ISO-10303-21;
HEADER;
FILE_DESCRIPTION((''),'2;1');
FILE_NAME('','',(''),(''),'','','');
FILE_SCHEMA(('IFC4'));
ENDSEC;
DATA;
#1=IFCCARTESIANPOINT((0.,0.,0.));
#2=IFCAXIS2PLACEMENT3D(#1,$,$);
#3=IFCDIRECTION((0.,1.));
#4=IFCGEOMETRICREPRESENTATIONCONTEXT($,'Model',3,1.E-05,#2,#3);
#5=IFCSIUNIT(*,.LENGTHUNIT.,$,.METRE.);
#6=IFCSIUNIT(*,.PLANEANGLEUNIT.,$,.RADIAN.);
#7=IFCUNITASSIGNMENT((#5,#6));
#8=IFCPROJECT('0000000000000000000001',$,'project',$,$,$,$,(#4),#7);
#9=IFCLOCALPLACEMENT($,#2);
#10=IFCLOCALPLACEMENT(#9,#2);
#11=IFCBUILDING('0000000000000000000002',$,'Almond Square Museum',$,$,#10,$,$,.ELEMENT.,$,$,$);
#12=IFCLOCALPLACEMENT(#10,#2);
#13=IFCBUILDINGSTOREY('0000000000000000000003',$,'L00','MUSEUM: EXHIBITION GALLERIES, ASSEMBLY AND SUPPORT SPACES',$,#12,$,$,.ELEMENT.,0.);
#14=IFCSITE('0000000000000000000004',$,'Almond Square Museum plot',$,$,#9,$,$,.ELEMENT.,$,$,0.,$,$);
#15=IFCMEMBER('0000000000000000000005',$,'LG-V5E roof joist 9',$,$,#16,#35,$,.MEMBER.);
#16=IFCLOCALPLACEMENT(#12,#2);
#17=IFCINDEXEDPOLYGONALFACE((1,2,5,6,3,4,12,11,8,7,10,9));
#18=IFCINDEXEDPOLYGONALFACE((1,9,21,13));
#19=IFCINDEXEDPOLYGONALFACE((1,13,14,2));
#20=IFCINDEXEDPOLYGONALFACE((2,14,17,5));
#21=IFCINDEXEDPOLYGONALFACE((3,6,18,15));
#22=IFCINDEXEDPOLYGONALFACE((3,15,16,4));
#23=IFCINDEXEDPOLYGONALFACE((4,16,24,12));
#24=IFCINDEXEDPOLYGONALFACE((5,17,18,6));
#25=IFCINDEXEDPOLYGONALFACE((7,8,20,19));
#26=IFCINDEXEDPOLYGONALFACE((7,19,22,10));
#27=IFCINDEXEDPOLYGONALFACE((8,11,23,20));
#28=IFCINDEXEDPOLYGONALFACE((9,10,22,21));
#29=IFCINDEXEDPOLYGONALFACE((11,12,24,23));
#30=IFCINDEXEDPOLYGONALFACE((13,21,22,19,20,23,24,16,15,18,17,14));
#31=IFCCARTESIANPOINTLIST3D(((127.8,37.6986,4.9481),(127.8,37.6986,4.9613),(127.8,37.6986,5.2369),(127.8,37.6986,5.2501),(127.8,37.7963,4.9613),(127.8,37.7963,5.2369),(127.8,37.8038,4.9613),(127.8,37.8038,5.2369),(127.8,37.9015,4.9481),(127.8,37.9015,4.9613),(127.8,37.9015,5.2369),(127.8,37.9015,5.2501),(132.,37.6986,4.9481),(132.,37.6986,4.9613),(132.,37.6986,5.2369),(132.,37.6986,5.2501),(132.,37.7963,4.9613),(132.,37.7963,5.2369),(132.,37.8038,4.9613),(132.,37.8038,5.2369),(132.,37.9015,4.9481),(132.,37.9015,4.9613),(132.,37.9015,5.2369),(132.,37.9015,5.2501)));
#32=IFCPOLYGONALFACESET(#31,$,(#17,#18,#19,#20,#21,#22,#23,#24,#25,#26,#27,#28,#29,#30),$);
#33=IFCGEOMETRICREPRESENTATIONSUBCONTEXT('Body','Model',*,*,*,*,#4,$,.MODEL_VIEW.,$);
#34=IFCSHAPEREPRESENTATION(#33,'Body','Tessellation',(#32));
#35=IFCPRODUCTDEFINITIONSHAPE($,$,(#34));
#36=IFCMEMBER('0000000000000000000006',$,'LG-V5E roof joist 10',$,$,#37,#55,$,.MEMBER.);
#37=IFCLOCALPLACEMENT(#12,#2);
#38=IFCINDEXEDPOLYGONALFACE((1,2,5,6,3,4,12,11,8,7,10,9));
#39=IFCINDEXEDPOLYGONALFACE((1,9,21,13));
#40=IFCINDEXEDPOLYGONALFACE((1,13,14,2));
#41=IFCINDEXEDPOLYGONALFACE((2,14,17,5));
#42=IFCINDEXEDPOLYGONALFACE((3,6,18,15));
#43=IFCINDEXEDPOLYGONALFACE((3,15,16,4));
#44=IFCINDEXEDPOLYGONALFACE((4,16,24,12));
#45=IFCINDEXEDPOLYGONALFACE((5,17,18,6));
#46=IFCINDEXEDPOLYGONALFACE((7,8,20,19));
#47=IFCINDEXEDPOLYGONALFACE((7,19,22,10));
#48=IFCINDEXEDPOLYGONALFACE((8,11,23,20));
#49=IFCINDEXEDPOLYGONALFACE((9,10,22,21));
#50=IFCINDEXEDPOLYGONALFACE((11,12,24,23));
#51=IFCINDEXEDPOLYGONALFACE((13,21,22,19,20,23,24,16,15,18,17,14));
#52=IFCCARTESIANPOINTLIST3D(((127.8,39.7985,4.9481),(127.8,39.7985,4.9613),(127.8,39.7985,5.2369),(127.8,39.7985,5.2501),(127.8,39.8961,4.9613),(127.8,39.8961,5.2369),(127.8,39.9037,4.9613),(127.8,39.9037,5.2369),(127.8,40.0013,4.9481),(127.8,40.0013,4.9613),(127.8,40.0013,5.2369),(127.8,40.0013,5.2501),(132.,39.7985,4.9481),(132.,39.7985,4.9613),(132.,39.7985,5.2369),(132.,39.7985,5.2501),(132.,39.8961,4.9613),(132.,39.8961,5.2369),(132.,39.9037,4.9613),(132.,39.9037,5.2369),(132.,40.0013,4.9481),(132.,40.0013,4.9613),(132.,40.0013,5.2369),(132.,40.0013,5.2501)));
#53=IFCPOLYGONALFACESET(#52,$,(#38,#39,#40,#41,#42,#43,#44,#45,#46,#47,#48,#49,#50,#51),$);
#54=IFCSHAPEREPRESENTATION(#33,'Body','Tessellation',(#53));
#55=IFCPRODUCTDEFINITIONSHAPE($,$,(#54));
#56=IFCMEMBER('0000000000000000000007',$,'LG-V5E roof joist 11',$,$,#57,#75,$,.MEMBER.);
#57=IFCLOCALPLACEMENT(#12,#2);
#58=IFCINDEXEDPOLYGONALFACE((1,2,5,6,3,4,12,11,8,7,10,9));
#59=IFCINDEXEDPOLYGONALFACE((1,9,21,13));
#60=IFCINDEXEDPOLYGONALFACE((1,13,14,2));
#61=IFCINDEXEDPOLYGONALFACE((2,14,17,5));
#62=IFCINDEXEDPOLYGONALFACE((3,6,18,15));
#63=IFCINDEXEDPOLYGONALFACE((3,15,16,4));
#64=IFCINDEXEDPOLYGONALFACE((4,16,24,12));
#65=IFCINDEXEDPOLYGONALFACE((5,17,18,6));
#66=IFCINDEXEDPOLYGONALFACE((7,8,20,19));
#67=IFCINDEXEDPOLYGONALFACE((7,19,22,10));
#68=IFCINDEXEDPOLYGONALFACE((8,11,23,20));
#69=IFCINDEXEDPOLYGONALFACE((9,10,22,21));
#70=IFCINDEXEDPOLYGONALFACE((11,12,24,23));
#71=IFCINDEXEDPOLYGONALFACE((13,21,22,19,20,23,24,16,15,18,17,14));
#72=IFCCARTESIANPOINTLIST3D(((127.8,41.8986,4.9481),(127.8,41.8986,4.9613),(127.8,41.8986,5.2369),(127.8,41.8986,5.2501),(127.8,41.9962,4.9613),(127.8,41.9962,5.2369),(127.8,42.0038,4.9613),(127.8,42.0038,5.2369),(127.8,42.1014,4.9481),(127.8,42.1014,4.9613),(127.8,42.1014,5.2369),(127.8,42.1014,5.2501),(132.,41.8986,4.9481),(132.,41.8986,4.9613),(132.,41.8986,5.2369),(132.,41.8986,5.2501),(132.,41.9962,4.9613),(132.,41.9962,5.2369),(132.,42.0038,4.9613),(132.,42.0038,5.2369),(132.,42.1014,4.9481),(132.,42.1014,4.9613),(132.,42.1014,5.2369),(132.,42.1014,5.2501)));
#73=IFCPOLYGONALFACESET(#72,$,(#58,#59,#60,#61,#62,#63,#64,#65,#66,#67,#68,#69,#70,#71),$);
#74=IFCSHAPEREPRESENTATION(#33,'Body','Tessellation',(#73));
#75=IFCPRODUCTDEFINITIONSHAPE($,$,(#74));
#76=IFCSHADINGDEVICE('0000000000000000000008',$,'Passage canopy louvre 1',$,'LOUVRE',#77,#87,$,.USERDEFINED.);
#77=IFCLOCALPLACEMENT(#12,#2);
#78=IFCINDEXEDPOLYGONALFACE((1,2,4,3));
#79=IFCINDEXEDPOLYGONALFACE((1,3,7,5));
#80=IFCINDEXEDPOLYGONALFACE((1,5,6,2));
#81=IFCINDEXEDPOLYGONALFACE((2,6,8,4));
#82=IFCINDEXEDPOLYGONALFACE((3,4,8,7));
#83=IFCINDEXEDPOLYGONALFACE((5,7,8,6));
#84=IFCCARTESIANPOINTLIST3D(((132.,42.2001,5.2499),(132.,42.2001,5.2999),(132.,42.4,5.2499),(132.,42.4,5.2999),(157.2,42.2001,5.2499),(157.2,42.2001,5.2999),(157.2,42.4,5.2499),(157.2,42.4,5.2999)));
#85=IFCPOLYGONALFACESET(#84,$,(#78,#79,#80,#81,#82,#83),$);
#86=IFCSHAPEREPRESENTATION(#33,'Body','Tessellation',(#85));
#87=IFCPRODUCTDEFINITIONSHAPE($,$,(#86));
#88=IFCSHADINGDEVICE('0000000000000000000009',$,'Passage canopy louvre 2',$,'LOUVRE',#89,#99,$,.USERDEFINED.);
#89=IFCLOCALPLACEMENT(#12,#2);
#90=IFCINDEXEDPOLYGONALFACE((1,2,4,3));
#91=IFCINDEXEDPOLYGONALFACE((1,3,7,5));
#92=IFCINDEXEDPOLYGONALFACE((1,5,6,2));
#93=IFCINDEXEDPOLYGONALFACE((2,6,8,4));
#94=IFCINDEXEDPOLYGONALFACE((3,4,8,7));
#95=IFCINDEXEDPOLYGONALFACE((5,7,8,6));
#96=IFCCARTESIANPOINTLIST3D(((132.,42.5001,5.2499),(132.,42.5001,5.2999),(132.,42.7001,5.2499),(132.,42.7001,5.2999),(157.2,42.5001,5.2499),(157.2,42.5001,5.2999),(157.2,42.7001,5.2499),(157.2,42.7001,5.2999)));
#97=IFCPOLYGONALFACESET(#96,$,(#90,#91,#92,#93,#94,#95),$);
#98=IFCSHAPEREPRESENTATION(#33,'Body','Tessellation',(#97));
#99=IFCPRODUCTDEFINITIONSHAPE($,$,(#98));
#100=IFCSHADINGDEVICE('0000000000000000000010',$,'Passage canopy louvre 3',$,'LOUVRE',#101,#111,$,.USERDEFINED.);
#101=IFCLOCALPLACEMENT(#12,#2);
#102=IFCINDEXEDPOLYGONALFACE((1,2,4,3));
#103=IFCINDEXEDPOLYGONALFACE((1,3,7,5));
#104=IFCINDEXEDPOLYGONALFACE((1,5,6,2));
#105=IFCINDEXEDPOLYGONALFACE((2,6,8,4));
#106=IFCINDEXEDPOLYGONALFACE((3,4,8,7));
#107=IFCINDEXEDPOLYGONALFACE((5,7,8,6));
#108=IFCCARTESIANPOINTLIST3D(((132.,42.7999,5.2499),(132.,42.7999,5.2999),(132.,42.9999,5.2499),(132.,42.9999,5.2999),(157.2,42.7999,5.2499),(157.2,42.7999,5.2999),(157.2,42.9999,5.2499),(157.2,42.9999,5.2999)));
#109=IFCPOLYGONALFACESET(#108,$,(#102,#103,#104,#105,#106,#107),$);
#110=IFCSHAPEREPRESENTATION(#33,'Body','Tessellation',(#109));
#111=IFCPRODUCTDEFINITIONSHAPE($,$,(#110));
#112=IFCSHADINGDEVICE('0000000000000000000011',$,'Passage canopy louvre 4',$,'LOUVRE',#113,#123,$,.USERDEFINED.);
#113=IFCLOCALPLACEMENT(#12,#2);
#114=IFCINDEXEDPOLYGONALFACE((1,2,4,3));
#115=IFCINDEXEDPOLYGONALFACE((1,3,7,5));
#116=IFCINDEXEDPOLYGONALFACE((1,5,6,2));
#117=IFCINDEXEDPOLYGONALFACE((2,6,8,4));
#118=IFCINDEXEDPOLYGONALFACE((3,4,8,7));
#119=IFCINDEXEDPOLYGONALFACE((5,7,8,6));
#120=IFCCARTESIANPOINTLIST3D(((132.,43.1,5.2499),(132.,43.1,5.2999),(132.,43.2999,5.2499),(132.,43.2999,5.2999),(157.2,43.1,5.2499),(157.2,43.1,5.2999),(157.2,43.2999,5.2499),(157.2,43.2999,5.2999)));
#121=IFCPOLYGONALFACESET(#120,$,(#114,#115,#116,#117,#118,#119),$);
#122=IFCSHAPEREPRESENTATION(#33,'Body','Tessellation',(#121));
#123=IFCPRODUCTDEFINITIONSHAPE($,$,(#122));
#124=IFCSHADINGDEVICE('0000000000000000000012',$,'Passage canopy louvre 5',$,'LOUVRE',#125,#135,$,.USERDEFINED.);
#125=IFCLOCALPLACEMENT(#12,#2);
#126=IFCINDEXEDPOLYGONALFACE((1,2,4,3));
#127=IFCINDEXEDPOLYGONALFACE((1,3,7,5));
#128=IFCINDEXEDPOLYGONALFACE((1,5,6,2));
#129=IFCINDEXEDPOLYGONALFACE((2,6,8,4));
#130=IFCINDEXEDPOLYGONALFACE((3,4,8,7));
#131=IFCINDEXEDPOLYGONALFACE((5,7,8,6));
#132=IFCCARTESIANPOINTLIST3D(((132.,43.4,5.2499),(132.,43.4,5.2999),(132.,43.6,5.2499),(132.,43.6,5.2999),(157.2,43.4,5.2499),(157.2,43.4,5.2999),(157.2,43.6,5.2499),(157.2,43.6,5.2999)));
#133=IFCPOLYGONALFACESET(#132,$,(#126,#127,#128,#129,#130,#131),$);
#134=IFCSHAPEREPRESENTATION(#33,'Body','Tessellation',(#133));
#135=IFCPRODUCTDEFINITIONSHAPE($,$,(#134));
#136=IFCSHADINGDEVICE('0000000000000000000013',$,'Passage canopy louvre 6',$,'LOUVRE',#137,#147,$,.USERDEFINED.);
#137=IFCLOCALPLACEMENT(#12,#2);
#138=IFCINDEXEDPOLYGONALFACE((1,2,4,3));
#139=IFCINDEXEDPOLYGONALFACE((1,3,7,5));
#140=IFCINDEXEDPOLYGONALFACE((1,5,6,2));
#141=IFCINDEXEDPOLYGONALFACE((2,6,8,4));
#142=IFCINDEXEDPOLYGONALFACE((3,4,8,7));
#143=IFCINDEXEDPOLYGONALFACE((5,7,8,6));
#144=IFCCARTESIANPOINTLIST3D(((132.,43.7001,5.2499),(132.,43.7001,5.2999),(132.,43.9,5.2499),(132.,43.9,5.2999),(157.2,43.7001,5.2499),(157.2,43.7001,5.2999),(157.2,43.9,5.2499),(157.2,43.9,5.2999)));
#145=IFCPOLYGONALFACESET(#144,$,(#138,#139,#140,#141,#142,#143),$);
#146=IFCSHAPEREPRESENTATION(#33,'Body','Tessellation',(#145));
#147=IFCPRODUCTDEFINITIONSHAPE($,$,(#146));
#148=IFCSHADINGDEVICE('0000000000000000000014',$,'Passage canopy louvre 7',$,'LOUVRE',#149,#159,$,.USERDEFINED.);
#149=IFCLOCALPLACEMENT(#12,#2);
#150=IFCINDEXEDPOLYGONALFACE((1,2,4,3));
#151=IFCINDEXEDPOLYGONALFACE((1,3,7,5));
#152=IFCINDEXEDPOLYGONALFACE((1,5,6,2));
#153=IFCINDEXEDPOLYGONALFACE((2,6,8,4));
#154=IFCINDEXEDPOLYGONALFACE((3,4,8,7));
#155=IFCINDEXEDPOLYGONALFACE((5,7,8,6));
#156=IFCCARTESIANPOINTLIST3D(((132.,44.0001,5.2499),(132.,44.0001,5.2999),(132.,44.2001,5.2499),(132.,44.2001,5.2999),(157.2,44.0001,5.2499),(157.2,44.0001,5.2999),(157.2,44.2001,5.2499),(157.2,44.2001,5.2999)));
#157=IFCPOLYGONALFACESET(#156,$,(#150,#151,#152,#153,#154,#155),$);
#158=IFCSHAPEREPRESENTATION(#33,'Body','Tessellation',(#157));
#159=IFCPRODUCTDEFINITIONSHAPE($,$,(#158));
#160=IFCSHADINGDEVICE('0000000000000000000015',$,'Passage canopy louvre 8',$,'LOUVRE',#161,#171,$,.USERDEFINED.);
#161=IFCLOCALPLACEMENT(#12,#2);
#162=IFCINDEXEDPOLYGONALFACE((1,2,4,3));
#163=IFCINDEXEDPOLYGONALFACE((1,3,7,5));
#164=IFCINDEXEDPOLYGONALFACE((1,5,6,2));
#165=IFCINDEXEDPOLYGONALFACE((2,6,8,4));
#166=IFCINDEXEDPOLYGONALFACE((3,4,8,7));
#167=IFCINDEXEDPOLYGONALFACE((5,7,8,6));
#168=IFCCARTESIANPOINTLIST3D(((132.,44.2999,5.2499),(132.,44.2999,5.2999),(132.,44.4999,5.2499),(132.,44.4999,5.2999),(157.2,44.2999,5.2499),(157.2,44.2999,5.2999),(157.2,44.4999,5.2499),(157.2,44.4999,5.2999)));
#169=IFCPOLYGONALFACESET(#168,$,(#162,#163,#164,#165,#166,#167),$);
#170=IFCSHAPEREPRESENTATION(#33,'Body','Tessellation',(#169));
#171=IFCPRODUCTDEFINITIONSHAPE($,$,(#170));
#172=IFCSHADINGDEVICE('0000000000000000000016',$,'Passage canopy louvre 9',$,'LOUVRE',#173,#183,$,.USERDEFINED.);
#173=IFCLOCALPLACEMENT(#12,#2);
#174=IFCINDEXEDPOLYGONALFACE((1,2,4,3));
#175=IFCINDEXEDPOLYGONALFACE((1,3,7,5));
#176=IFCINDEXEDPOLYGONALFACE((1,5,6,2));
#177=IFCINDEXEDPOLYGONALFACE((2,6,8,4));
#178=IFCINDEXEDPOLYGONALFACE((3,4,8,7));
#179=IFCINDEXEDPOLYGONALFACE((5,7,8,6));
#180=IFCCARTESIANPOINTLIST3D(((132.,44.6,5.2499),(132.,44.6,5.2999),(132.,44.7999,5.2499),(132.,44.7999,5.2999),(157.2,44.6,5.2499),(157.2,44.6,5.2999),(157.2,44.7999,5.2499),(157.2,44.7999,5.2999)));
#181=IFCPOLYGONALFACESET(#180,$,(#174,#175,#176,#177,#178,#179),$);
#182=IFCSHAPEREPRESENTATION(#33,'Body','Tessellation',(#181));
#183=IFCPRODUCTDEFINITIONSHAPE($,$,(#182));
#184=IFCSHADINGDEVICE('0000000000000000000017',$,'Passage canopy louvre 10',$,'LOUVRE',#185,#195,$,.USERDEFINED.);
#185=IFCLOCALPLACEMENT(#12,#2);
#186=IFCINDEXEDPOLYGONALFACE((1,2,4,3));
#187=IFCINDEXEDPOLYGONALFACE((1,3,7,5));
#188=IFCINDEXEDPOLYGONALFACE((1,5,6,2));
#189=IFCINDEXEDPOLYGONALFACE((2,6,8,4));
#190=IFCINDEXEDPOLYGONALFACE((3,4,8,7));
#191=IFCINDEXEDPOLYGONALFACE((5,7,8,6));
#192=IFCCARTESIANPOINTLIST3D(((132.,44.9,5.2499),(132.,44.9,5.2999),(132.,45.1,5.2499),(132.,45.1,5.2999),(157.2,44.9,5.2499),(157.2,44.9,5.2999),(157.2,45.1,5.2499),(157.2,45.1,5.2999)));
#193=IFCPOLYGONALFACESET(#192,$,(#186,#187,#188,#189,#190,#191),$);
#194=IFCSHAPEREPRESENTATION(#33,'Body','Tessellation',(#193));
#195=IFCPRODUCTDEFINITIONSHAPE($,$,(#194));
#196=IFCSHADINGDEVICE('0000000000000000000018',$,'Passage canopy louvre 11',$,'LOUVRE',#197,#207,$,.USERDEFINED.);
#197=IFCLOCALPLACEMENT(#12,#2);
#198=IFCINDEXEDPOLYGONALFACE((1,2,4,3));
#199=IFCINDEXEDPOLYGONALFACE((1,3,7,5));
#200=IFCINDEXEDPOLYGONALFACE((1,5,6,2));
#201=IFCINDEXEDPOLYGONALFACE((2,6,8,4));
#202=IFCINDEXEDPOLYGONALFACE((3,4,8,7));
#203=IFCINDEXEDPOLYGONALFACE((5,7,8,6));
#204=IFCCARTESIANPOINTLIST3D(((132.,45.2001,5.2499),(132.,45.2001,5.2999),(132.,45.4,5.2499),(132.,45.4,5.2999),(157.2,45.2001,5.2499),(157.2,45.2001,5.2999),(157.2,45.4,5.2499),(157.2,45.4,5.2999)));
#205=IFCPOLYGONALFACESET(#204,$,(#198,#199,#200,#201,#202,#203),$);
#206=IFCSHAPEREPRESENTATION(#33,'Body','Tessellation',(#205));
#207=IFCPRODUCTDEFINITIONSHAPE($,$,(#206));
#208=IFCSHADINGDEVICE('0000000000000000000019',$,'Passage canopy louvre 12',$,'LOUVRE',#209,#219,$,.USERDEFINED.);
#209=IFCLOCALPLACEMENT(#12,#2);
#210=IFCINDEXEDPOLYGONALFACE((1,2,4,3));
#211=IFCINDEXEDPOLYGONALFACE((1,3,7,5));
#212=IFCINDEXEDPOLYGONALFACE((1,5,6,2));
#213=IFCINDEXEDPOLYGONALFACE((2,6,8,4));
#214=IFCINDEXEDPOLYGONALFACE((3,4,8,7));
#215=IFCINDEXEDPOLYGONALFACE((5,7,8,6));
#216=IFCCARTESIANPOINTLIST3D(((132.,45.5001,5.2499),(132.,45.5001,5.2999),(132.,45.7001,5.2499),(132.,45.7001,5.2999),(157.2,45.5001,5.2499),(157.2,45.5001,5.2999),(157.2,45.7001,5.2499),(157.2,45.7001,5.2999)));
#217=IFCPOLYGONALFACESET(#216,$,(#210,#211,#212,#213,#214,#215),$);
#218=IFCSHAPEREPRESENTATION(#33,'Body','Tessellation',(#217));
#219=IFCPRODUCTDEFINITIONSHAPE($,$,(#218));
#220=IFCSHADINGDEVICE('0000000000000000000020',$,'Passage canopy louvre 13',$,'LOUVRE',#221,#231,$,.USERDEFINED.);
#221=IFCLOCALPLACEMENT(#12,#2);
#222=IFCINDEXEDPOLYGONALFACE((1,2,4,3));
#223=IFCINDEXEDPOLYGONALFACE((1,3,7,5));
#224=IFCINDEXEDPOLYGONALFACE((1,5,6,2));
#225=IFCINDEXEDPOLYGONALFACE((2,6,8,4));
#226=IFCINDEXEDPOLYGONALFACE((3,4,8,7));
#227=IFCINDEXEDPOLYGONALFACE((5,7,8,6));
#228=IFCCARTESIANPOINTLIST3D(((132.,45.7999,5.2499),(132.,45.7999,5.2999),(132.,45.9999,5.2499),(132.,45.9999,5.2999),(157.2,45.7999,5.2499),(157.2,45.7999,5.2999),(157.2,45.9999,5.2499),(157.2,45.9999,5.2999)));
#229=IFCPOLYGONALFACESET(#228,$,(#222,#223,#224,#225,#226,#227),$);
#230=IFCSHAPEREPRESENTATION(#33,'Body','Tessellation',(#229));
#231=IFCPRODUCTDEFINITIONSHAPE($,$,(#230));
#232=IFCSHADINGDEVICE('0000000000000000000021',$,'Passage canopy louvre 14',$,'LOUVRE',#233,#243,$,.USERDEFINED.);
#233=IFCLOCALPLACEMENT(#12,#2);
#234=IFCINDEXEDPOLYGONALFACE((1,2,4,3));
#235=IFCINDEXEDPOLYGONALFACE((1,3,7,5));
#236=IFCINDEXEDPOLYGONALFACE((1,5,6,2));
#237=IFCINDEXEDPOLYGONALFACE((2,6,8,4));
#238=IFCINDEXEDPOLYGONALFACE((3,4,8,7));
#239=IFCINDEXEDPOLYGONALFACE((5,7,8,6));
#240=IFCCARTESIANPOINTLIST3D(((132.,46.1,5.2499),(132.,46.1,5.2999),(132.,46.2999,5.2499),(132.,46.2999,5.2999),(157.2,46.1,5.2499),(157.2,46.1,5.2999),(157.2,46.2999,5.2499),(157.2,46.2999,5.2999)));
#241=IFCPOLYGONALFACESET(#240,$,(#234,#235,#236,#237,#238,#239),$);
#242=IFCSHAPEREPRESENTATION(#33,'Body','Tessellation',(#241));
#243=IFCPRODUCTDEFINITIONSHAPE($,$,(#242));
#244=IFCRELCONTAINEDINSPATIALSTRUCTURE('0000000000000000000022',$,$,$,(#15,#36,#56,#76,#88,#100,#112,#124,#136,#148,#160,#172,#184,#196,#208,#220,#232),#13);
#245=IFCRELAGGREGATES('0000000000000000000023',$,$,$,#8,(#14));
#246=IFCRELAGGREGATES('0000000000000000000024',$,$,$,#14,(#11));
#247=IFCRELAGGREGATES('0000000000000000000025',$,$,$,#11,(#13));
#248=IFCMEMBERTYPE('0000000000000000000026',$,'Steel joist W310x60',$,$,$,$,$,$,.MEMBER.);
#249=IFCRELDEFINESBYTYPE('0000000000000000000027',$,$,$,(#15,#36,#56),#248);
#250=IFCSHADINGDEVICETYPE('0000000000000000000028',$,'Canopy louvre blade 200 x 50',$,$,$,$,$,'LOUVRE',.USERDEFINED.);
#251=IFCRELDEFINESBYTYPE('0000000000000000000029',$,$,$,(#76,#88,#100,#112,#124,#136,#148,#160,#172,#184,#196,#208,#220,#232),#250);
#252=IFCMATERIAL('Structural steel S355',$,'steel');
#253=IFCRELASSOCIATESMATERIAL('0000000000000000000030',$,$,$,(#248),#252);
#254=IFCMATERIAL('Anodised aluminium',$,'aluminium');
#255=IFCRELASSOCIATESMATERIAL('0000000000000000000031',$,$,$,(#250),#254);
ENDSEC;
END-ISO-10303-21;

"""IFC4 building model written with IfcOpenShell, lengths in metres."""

from ifc_helpers import new_model, si_unit, direction, frame, origin, origin_2d, place, context, subcontext, project, spatial, rectangle, i_section, extrude, material, material_profile, profile_set, type_object, element, save


model = new_model("IFC4")

# Units and contexts
model_context = context("Model", 3, precision=1e-05, world=origin(), true_north=direction((0.0, 1.0)))
body_context = subcontext(model_context, "Body", "Model", "MODEL_VIEW")
ifc_project = project(units=[si_unit("LENGTHUNIT", "METRE"), si_unit("PLANEANGLEUNIT", "RADIAN")], contexts=[model_context])

# Site, building, storey
site_placement = place(None, origin())
site = spatial("IfcSite", under=ifc_project, at=site_placement, Name="Almond Square Museum plot", CompositionType="ELEMENT", RefElevation=0.0)
building_placement = place(site_placement, origin())
building = spatial("IfcBuilding", under=site, at=building_placement, Name="Almond Square Museum", CompositionType="ELEMENT")
storey_placement = place(building_placement, origin())
storey = spatial("IfcBuildingStorey", under=building, at=storey_placement, Name="L00", Description="MUSEUM: EXHIBITION GALLERIES, ASSEMBLY AND SUPPORT SPACES", CompositionType="ELEMENT", Elevation=0.0)

# Members
ifc_material_1 = material(Name="Structural steel S355", Category="steel")
ifc_material_profile_1 = material_profile(ifc_material_1, i_section(OverallWidth=0.2029, OverallDepth=0.302, WebThickness=0.0076, FlangeThickness=0.0132, at=origin_2d()))
ifc_profile_set_1 = profile_set([ifc_material_profile_1], Name="Structural steel S355")
member_type = type_object("IfcMemberType", Name="Steel joist W310x60", PredefinedType="MEMBER", material=ifc_profile_set_1)
for number, where, z_axis, x_axis, name in (
    (1, (132.0, 37.8, 5.0991), (-1.0, 0.0, 0.0), (0.0, -1.0, 0.0), "LG-V5E roof joist 9"),
    (2, (132.0, 39.8999, 5.0991), (-1.0, 0.0, 0.0), (0.0, -1.0, 0.0), "LG-V5E roof joist 10"),
    (3, (132.0, 42.0, 5.0991), (-1.0, 0.0, 0.0), (0.0, -1.0, 0.0), "LG-V5E roof joist 11"),
):
    element("IfcMember", number, at=place(storey_placement, frame(where, z_axis=z_axis, x_axis=x_axis)), inside=storey, type_object=member_type, Name=name, PredefinedType="MEMBER", context=body_context, shape_type="SweptSolid", body=[
        extrude(i_section(OverallWidth=0.2029, OverallDepth=0.302, WebThickness=0.0076, FlangeThickness=0.0132, at=origin_2d()), origin(), (0.0, 0.0, 1.0), 4.2),
    ])

# Shading devices
ifc_material_2 = material(Name="Anodised aluminium", Category="aluminium")
ifc_material_profile_2 = material_profile(ifc_material_2, rectangle(XDim=0.2, YDim=0.05, at=origin_2d()))
ifc_profile_set_2 = profile_set([ifc_material_profile_2], Name="Anodised aluminium")
shading_device_type_1 = type_object("IfcShadingDeviceType", Name="Canopy louvre blade 200 x 50", ElementType="LOUVRE", PredefinedType="USERDEFINED", material=ifc_profile_set_2)
for number, where, z_axis, x_axis, name in (
    (4, (132.0, 42.3, 5.2749), (1.0, 0.0, 0.0), (0.0, 1.0, 0.0), "Passage canopy louvre 1"),
    (5, (132.0, 42.6001, 5.2749), (1.0, 0.0, 0.0), (0.0, 1.0, 0.0), "Passage canopy louvre 2"),
    (6, (132.0, 42.8999, 5.2749), (1.0, 0.0, 0.0), (0.0, 1.0, 0.0), "Passage canopy louvre 3"),
    (7, (132.0, 43.2, 5.2749), (1.0, 0.0, 0.0), (0.0, 1.0, 0.0), "Passage canopy louvre 4"),
    (8, (132.0, 43.5, 5.2749), (1.0, 0.0, 0.0), (0.0, 1.0, 0.0), "Passage canopy louvre 5"),
    (9, (132.0, 43.8, 5.2749), (1.0, 0.0, 0.0), (0.0, 1.0, 0.0), "Passage canopy louvre 6"),
    (10, (132.0, 44.1001, 5.2749), (1.0, 0.0, 0.0), (0.0, 1.0, 0.0), "Passage canopy louvre 7"),
    (11, (132.0, 44.3999, 5.2749), (1.0, 0.0, 0.0), (0.0, 1.0, 0.0), "Passage canopy louvre 8"),
    (12, (132.0, 44.7, 5.2749), (1.0, 0.0, 0.0), (0.0, 1.0, 0.0), "Passage canopy louvre 9"),
    (13, (132.0, 45.0, 5.2749), (1.0, 0.0, 0.0), (0.0, 1.0, 0.0), "Passage canopy louvre 10"),
    (14, (132.0, 45.3, 5.2749), (1.0, 0.0, 0.0), (0.0, 1.0, 0.0), "Passage canopy louvre 11"),
    (15, (132.0, 45.6001, 5.2749), (1.0, 0.0, 0.0), (0.0, 1.0, 0.0), "Passage canopy louvre 12"),
    (16, (132.0, 45.8999, 5.2749), (1.0, 0.0, 0.0), (0.0, 1.0, 0.0), "Passage canopy louvre 13"),
    (17, (132.0, 46.2, 5.2749), (1.0, 0.0, 0.0), (0.0, 1.0, 0.0), "Passage canopy louvre 14"),
):
    element("IfcShadingDevice", number, at=place(storey_placement, frame(where, z_axis=z_axis, x_axis=x_axis)), inside=storey, type_object=shading_device_type_1, Name=name, ObjectType="LOUVRE", PredefinedType="USERDEFINED", context=body_context, shape_type="SweptSolid", body=[
        extrude(rectangle(XDim=0.2, YDim=0.05, at=origin_2d()), origin(), (0.0, 0.0, 1.0), 25.2),
    ])

save(model, "model.ifc")
